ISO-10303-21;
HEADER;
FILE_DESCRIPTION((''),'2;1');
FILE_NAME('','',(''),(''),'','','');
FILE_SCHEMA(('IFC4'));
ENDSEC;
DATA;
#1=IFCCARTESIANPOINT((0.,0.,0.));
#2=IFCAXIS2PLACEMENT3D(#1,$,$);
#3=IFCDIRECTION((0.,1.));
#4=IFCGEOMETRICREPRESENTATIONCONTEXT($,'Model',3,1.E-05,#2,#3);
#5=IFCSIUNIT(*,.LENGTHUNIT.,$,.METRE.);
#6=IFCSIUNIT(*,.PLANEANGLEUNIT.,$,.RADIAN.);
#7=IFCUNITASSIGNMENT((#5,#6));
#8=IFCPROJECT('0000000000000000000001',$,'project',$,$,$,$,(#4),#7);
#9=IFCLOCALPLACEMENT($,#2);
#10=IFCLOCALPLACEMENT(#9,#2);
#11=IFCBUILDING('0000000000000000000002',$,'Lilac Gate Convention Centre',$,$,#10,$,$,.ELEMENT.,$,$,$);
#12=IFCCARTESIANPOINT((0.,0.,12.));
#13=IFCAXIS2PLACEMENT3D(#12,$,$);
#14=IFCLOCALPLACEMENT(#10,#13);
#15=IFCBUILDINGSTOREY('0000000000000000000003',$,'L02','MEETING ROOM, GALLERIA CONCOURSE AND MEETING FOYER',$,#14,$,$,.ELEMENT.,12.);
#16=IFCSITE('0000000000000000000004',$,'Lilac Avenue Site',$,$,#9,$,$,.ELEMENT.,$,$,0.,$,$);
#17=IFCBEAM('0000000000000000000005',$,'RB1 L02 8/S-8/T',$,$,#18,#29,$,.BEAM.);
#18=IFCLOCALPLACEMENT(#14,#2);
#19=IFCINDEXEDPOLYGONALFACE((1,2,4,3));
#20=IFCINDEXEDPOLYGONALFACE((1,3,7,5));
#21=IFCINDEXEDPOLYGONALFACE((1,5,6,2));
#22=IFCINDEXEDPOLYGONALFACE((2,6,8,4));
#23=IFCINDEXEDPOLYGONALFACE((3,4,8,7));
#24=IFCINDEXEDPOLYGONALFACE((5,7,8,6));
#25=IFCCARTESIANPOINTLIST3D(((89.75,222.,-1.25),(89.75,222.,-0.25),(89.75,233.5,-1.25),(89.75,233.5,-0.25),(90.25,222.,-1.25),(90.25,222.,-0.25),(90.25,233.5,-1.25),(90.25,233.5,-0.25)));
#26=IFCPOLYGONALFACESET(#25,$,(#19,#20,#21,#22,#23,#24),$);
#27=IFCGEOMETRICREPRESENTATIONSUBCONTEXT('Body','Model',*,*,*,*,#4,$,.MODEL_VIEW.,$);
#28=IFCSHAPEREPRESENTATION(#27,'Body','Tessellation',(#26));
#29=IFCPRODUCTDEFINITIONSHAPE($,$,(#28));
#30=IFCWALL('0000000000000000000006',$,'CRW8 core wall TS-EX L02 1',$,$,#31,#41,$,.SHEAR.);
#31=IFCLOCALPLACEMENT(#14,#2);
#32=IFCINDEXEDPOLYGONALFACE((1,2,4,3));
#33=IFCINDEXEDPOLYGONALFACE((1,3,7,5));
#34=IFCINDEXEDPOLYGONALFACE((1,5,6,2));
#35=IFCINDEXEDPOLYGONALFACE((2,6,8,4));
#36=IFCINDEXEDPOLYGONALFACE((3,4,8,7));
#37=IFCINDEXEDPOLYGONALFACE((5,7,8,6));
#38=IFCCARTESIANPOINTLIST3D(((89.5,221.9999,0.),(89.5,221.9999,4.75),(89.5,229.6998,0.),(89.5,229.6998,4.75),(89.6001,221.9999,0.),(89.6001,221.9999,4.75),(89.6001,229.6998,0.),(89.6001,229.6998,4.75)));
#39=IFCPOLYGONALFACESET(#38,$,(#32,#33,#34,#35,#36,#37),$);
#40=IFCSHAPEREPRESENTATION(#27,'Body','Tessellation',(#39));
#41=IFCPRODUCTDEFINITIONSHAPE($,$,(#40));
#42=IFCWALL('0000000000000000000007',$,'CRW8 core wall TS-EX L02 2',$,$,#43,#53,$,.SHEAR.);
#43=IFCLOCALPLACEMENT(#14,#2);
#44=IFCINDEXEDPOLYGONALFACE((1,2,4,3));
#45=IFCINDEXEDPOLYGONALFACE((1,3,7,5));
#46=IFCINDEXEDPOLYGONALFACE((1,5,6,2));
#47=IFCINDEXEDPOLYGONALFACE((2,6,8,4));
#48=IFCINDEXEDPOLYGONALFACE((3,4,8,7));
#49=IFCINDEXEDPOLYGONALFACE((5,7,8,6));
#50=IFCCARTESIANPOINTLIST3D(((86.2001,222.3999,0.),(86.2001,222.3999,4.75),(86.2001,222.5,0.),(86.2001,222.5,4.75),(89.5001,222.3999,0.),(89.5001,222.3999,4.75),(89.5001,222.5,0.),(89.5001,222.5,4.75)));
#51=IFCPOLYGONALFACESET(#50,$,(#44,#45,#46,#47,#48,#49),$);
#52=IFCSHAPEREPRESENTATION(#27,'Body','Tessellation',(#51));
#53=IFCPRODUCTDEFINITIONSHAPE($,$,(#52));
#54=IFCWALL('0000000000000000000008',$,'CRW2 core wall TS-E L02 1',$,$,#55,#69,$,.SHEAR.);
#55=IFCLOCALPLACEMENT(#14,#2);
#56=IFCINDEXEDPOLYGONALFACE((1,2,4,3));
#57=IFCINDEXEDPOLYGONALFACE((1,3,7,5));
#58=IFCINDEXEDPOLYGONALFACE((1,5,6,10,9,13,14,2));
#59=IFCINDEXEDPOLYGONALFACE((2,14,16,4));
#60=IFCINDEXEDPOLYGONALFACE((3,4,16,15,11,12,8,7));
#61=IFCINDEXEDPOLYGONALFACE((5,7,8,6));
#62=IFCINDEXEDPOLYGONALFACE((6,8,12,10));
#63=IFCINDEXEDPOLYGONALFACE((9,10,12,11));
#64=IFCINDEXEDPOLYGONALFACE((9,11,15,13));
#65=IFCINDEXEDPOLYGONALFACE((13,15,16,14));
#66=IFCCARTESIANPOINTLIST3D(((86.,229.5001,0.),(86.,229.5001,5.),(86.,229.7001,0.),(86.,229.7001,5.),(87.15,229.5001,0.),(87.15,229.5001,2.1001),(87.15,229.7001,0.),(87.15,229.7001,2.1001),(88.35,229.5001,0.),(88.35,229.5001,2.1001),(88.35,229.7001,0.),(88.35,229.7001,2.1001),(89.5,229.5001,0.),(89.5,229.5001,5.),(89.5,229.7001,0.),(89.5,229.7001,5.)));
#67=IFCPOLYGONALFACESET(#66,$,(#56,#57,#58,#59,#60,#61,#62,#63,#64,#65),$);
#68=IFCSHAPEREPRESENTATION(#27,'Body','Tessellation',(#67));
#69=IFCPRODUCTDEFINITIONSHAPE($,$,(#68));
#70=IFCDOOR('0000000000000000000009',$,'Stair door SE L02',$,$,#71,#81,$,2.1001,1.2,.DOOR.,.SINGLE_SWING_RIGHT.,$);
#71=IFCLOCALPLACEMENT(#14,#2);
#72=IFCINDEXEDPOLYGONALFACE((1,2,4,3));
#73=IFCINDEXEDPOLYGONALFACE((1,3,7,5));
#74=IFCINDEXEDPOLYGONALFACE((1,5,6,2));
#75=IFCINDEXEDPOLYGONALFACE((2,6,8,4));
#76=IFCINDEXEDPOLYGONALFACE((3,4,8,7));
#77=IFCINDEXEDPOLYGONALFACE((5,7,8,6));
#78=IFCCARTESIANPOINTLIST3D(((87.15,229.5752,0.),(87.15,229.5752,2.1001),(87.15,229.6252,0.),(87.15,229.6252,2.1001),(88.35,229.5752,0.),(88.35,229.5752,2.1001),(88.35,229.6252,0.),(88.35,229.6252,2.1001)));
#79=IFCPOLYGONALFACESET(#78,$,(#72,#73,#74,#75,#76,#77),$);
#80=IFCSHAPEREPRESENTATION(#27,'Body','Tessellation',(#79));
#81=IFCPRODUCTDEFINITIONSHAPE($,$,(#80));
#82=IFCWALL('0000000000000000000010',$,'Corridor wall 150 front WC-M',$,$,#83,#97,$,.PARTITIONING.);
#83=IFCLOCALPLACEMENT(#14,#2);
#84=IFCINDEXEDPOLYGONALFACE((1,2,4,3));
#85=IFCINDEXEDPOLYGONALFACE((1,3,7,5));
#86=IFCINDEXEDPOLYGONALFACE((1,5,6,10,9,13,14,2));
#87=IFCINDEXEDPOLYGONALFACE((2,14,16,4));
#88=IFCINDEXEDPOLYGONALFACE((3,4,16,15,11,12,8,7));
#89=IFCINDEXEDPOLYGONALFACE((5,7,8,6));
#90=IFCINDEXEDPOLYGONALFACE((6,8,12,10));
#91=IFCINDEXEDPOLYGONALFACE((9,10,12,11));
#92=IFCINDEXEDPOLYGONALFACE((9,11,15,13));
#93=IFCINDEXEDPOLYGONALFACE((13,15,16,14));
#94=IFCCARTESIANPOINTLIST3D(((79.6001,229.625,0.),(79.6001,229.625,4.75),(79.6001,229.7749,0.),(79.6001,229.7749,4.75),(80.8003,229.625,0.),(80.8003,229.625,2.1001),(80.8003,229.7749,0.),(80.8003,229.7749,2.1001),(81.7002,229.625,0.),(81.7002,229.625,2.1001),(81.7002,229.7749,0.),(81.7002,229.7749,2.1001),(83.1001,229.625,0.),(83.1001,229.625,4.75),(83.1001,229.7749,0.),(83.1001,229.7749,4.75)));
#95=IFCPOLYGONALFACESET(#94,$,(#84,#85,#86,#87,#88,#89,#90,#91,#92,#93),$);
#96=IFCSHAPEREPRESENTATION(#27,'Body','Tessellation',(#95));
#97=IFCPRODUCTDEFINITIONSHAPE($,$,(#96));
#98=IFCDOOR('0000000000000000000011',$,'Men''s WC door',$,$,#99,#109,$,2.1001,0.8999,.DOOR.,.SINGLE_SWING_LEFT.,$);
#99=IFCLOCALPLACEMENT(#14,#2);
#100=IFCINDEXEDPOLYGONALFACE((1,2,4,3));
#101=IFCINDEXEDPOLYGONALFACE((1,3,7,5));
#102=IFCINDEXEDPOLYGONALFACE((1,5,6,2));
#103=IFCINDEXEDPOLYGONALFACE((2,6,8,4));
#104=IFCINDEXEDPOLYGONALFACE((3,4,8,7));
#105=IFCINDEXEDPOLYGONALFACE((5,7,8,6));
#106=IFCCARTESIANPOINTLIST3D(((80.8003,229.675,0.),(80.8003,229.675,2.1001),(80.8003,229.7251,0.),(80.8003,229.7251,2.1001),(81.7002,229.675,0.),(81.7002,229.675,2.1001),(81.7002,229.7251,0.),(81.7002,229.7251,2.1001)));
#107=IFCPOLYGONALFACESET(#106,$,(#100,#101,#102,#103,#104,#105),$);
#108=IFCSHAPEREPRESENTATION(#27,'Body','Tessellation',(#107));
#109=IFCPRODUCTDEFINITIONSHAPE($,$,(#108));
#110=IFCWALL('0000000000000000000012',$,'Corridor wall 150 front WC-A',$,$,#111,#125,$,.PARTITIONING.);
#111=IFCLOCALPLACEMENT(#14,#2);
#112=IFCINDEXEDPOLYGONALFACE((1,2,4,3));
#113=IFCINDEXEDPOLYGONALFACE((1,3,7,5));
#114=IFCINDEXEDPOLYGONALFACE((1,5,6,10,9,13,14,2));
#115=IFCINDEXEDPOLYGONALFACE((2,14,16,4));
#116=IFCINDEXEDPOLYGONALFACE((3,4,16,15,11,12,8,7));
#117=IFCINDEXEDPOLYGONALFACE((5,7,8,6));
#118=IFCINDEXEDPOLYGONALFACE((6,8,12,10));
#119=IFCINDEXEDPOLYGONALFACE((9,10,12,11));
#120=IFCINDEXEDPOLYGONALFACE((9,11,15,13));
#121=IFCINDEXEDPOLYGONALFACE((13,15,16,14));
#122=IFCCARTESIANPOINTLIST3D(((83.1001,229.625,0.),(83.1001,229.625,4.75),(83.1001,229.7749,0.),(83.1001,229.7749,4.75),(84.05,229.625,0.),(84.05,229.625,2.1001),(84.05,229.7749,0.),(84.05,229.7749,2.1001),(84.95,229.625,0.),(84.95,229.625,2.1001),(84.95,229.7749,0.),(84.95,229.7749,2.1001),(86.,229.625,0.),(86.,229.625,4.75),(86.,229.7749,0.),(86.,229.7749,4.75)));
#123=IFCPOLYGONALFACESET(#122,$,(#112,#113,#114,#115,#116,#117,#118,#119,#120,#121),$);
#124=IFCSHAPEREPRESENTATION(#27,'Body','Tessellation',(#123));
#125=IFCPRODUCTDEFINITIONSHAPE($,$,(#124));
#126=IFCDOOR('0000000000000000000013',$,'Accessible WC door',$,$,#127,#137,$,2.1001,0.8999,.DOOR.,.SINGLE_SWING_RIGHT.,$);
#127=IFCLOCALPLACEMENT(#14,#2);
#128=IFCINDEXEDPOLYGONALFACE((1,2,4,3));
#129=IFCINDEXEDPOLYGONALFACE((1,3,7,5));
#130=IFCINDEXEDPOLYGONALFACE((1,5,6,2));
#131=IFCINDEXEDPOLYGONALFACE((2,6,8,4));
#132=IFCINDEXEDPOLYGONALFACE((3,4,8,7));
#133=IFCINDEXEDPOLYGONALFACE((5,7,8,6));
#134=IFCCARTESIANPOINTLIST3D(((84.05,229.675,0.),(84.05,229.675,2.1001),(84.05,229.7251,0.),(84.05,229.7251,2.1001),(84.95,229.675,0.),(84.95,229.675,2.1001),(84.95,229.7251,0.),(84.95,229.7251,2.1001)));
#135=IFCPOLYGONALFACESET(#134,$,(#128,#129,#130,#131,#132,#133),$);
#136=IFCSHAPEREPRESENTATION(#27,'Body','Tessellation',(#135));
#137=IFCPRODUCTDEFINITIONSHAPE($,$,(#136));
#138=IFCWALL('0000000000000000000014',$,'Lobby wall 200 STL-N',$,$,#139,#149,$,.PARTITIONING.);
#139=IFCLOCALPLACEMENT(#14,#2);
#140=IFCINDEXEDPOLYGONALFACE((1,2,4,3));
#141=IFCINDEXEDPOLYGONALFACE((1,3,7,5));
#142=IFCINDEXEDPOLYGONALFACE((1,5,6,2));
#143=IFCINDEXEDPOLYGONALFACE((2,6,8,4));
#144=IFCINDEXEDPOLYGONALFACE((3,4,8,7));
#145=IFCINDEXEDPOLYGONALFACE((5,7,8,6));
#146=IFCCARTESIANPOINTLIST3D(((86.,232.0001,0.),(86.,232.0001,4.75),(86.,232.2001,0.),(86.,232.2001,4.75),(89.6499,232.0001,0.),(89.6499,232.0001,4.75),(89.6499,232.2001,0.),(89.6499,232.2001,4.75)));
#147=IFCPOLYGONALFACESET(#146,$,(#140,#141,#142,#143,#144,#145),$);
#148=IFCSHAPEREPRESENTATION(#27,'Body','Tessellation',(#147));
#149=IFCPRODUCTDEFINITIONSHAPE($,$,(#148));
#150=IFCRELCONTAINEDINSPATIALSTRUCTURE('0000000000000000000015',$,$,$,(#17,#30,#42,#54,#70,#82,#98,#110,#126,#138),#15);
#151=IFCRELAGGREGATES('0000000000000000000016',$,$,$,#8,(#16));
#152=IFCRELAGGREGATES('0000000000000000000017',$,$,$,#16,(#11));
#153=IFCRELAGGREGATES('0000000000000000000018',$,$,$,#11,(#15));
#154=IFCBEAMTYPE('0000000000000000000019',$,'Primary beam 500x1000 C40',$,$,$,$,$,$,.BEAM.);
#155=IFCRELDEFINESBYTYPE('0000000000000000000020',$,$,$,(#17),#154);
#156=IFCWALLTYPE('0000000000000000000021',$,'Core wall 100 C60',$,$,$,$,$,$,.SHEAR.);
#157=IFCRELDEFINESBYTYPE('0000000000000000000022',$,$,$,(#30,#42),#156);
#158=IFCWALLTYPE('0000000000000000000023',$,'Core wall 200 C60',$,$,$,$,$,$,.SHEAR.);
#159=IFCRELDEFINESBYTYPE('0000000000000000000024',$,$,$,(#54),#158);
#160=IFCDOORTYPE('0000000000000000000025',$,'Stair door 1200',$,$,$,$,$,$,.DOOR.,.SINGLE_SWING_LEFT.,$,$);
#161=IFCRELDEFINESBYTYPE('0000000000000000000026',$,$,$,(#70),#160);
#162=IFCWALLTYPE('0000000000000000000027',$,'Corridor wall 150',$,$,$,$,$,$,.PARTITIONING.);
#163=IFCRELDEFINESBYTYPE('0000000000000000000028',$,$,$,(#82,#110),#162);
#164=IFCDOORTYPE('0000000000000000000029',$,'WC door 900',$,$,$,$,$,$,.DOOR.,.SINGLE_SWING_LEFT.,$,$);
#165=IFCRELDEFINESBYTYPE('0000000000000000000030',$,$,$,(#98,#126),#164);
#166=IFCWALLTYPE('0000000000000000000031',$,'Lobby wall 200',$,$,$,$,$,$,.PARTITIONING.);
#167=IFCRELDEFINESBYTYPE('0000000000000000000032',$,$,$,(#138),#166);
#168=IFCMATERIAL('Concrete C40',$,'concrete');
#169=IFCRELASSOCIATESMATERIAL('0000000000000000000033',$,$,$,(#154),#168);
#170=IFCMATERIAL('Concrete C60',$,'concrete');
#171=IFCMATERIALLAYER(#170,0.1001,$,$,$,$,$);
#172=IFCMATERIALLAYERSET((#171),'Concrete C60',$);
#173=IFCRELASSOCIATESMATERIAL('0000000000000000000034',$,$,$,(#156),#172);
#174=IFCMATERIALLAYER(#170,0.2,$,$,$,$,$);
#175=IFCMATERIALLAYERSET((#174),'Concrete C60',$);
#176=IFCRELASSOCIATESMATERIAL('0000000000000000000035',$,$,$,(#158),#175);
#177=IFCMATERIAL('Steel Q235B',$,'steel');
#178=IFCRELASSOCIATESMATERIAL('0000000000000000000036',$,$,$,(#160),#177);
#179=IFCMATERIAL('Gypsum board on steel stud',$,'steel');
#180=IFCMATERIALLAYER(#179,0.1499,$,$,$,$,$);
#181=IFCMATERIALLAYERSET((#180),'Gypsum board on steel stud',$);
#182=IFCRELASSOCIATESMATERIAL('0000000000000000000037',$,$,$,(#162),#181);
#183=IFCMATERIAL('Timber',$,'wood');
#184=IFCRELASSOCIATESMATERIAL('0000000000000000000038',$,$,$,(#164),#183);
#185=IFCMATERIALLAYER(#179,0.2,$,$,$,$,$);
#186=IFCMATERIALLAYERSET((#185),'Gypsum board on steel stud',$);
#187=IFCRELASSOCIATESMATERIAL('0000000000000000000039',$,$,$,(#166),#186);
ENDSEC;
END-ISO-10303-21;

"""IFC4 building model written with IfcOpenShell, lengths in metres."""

from ifc_helpers import new_model, si_unit, direction, frame, frame_2d, origin, origin_2d, place, context, subcontext, project, spatial, rectangle, extrude, material, layer, layer_set, material_profile, profile_set, type_object, element, fill, save


model = new_model("IFC4")

# Units and contexts
model_context = context("Model", 3, precision=1e-05, world=origin(), true_north=direction((0.0, 1.0)))
body_context = subcontext(model_context, "Body", "Model", "MODEL_VIEW")
ifc_project = project(units=[si_unit("LENGTHUNIT", "METRE"), si_unit("PLANEANGLEUNIT", "RADIAN")], contexts=[model_context])

# Site, building, storey
site_placement = place(None, origin())
site = spatial("IfcSite", under=ifc_project, at=site_placement, Name="Lilac Avenue Site", CompositionType="ELEMENT", RefElevation=0.0)
building_placement = place(site_placement, origin())
building = spatial("IfcBuilding", under=site, at=building_placement, Name="Lilac Gate Convention Centre", CompositionType="ELEMENT")
storey_placement = place(building_placement, frame((0.0, 0.0, 12.0)))
storey = spatial("IfcBuildingStorey", under=building, at=storey_placement, Name="L02", Description="MEETING ROOM, GALLERIA CONCOURSE AND MEETING FOYER", CompositionType="ELEMENT", Elevation=12.0)

# Beam
ifc_material_1 = material(Name="Concrete C40", Category="concrete")
ifc_material_profile = material_profile(ifc_material_1, rectangle(XDim=0.5, YDim=1.0, at=origin_2d()), Name="RC 500x1000")
ifc_profile_set = profile_set([ifc_material_profile], Name="Concrete C40")
beam_type = type_object("IfcBeamType", Name="Primary beam 500x1000 C40", PredefinedType="BEAM", material=ifc_profile_set)
beam_placement = place(storey_placement, frame((90.0, 222.0, -0.75), z_axis=(0.0, 1.0, 0.0), x_axis=(-1.0, 0.0, 0.0)))
element("IfcBeam", 1, at=beam_placement, inside=storey, type_object=beam_type, Name="RB1 L02 8/S-8/T", PredefinedType="BEAM", context=body_context, shape_type="SweptSolid", body=[
    extrude(rectangle(XDim=0.5, YDim=1.0, at=origin_2d()), origin(), (0.0, 0.0, 1.0), 11.5),
])

# Walls
ifc_material_2 = material(Name="Concrete C60", Category="concrete")
ifc_layer_1 = layer(ifc_material_2, 0.1001)
ifc_layer_set_1 = layer_set([ifc_layer_1], Name="Concrete C60")
wall_type_1 = type_object("IfcWallType", Name="Core wall 100 C60", PredefinedType="SHEAR", material=ifc_layer_set_1)
wall_1_placement = place(storey_placement, frame((89.55, 229.7, 0.0), z_axis=(0.0, 0.0, 1.0), x_axis=(0.0, -1.0, 0.0)))
element("IfcWall", 2, at=wall_1_placement, inside=storey, type_object=wall_type_1, Name="CRW8 core wall TS-EX L02 1", PredefinedType="SHEAR", context=body_context, shape_type="SweptSolid", body=[
    extrude(rectangle(XDim=7.7, YDim=0.1001, at=frame_2d((3.8501, 0.0))), origin(), (0.0, 0.0, 1.0), 4.75),
])
wall_2_placement = place(storey_placement, frame((89.5, 222.45, 0.0), z_axis=(0.0, 0.0, 1.0), x_axis=(-1.0, 0.0, 0.0)))
element("IfcWall", 3, at=wall_2_placement, inside=storey, type_object=wall_type_1, Name="CRW8 core wall TS-EX L02 2", PredefinedType="SHEAR", context=body_context, shape_type="SweptSolid", body=[
    extrude(rectangle(XDim=3.3, YDim=0.1001, at=frame_2d((1.6499, 0.0))), origin(), (0.0, 0.0, 1.0), 4.75),
])

# Walls, openings, doors
ifc_layer_2 = layer(ifc_material_2, 0.2)
ifc_layer_set_2 = layer_set([ifc_layer_2], Name="Concrete C60")
wall_type_2 = type_object("IfcWallType", Name="Core wall 200 C60", PredefinedType="SHEAR", material=ifc_layer_set_2)
wall_3_placement = place(storey_placement, frame((89.5, 229.6001, 0.0), z_axis=(0.0, 0.0, 1.0), x_axis=(-1.0, 0.0, 0.0)))
wall_3 = element("IfcWall", 4, at=wall_3_placement, inside=storey, type_object=wall_type_2, Name="CRW2 core wall TS-E L02 1", PredefinedType="SHEAR", context=body_context, shape_type="SweptSolid", body=[
    extrude(rectangle(XDim=3.5, YDim=0.2, at=frame_2d((1.75, 0.0))), origin(), (0.0, 0.0, 1.0), 5.0),
])
opening_1_placement = place(wall_3_placement, frame((1.1499, 0.0, 0.0)))
opening_1 = element("IfcOpeningElement", 5, at=opening_1_placement, cuts=wall_3, PredefinedType="OPENING", context=body_context, shape_type="SweptSolid", body=[
    extrude(rectangle(XDim=1.2, YDim=2.1001, at=frame_2d((0.6001, 1.05))), frame((0.0, 0.1099, 0.0), z_axis=(0.0, -1.0, 0.0), x_axis=(1.0, 0.0, 0.0)), (0.0, 0.0, 1.0), 0.22),
])
ifc_material_3 = material(Name="Steel Q235B", Category="steel")
door_type_1 = type_object("IfcDoorType", Name="Stair door 1200", OperationType="SINGLE_SWING_LEFT", PredefinedType="DOOR", material=ifc_material_3)
door_1_placement = place(opening_1_placement, origin())
door_1 = element("IfcDoor", 6, at=door_1_placement, inside=storey, type_object=door_type_1, Name="Stair door SE L02", OperationType="SINGLE_SWING_RIGHT", OverallHeight=2.1001, OverallWidth=1.2, PredefinedType="DOOR", context=body_context, shape_type="SweptSolid", body=[
    extrude(rectangle(XDim=1.2, YDim=2.1001, at=frame_2d((0.6001, 1.05))), frame((0.0, 0.0249, 0.0), z_axis=(0.0, -1.0, 0.0), x_axis=(1.0, 0.0, 0.0)), (0.0, 0.0, 1.0), 0.05),
])
fill(opening_1, door_1)
ifc_material_4 = material(Name="Gypsum board on steel stud", Category="steel")
ifc_layer_3 = layer(ifc_material_4, 0.1499)
ifc_layer_set_3 = layer_set([ifc_layer_3], Name="Gypsum board on steel stud")
wall_type_3 = type_object("IfcWallType", Name="Corridor wall 150", PredefinedType="PARTITIONING", material=ifc_layer_set_3)
wall_4_placement = place(storey_placement, frame((83.1001, 229.7, 0.0), z_axis=(0.0, 0.0, 1.0), x_axis=(-1.0, 0.0, 0.0)))
wall_4 = element("IfcWall", 7, at=wall_4_placement, inside=storey, type_object=wall_type_3, Name="Corridor wall 150 front WC-M", PredefinedType="PARTITIONING", context=body_context, shape_type="SweptSolid", body=[
    extrude(rectangle(XDim=3.5, YDim=0.1499, at=frame_2d((1.75, 0.0))), origin(), (0.0, 0.0, 1.0), 4.75),
])
opening_2_placement = place(wall_4_placement, frame((1.3999, 0.0, 0.0)))
opening_2 = element("IfcOpeningElement", 8, at=opening_2_placement, cuts=wall_4, PredefinedType="OPENING", context=body_context, shape_type="SweptSolid", body=[
    extrude(rectangle(XDim=0.8999, YDim=2.1001, at=frame_2d((0.45, 1.05))), frame((0.0, 0.085, 0.0), z_axis=(0.0, -1.0, 0.0), x_axis=(1.0, 0.0, 0.0)), (0.0, 0.0, 1.0), 0.1699),
])
ifc_material_5 = material(Name="Timber", Category="wood")
door_type_2 = type_object("IfcDoorType", Name="WC door 900", OperationType="SINGLE_SWING_LEFT", PredefinedType="DOOR", material=ifc_material_5)
door_2_placement = place(opening_2_placement, origin())
door_2 = element("IfcDoor", 9, at=door_2_placement, inside=storey, type_object=door_type_2, Name="Men's WC door", OperationType="SINGLE_SWING_LEFT", OverallHeight=2.1001, OverallWidth=0.8999, PredefinedType="DOOR", context=body_context, shape_type="SweptSolid", body=[
    extrude(rectangle(XDim=0.8999, YDim=2.1001, at=frame_2d((0.45, 1.05))), frame((0.0, 0.0249, 0.0), z_axis=(0.0, -1.0, 0.0), x_axis=(1.0, 0.0, 0.0)), (0.0, 0.0, 1.0), 0.05),
])
fill(opening_2, door_2)
wall_5_placement = place(storey_placement, frame((86.0, 229.7, 0.0), z_axis=(0.0, 0.0, 1.0), x_axis=(-1.0, 0.0, 0.0)))
wall_5 = element("IfcWall", 10, at=wall_5_placement, inside=storey, type_object=wall_type_3, Name="Corridor wall 150 front WC-A", PredefinedType="PARTITIONING", context=body_context, shape_type="SweptSolid", body=[
    extrude(rectangle(XDim=2.8999, YDim=0.1499, at=frame_2d((1.45, 0.0))), origin(), (0.0, 0.0, 1.0), 4.75),
])
opening_3_placement = place(wall_5_placement, frame((1.05, 0.0, 0.0)))
opening_3 = element("IfcOpeningElement", 11, at=opening_3_placement, cuts=wall_5, PredefinedType="OPENING", context=body_context, shape_type="SweptSolid", body=[
    extrude(rectangle(XDim=0.8999, YDim=2.1001, at=frame_2d((0.45, 1.05))), frame((0.0, 0.085, 0.0), z_axis=(0.0, -1.0, 0.0), x_axis=(1.0, 0.0, 0.0)), (0.0, 0.0, 1.0), 0.1699),
])
door_3_placement = place(opening_3_placement, origin())
door_3 = element("IfcDoor", 12, at=door_3_placement, inside=storey, type_object=door_type_2, Name="Accessible WC door", OperationType="SINGLE_SWING_RIGHT", OverallHeight=2.1001, OverallWidth=0.8999, PredefinedType="DOOR", context=body_context, shape_type="SweptSolid", body=[
    extrude(rectangle(XDim=0.8999, YDim=2.1001, at=frame_2d((0.45, 1.05))), frame((0.0, 0.0249, 0.0), z_axis=(0.0, -1.0, 0.0), x_axis=(1.0, 0.0, 0.0)), (0.0, 0.0, 1.0), 0.05),
])
fill(opening_3, door_3)

# Wall
ifc_layer_4 = layer(ifc_material_4, 0.2)
ifc_layer_set_4 = layer_set([ifc_layer_4], Name="Gypsum board on steel stud")
wall_type_4 = type_object("IfcWallType", Name="Lobby wall 200", PredefinedType="PARTITIONING", material=ifc_layer_set_4)
wall_6_placement = place(storey_placement, frame((86.0, 232.1001, 0.0), z_axis=(0.0, 0.0, 1.0), x_axis=(1.0, 0.0, 0.0)))
element("IfcWall", 13, at=wall_6_placement, inside=storey, type_object=wall_type_4, Name="Lobby wall 200 STL-N", PredefinedType="PARTITIONING", context=body_context, shape_type="SweptSolid", body=[
    extrude(rectangle(XDim=3.6499, YDim=0.2, at=frame_2d((1.825, 0.0))), origin(), (0.0, 0.0, 1.0), 4.75),
])

save(model, "model.ifc")
